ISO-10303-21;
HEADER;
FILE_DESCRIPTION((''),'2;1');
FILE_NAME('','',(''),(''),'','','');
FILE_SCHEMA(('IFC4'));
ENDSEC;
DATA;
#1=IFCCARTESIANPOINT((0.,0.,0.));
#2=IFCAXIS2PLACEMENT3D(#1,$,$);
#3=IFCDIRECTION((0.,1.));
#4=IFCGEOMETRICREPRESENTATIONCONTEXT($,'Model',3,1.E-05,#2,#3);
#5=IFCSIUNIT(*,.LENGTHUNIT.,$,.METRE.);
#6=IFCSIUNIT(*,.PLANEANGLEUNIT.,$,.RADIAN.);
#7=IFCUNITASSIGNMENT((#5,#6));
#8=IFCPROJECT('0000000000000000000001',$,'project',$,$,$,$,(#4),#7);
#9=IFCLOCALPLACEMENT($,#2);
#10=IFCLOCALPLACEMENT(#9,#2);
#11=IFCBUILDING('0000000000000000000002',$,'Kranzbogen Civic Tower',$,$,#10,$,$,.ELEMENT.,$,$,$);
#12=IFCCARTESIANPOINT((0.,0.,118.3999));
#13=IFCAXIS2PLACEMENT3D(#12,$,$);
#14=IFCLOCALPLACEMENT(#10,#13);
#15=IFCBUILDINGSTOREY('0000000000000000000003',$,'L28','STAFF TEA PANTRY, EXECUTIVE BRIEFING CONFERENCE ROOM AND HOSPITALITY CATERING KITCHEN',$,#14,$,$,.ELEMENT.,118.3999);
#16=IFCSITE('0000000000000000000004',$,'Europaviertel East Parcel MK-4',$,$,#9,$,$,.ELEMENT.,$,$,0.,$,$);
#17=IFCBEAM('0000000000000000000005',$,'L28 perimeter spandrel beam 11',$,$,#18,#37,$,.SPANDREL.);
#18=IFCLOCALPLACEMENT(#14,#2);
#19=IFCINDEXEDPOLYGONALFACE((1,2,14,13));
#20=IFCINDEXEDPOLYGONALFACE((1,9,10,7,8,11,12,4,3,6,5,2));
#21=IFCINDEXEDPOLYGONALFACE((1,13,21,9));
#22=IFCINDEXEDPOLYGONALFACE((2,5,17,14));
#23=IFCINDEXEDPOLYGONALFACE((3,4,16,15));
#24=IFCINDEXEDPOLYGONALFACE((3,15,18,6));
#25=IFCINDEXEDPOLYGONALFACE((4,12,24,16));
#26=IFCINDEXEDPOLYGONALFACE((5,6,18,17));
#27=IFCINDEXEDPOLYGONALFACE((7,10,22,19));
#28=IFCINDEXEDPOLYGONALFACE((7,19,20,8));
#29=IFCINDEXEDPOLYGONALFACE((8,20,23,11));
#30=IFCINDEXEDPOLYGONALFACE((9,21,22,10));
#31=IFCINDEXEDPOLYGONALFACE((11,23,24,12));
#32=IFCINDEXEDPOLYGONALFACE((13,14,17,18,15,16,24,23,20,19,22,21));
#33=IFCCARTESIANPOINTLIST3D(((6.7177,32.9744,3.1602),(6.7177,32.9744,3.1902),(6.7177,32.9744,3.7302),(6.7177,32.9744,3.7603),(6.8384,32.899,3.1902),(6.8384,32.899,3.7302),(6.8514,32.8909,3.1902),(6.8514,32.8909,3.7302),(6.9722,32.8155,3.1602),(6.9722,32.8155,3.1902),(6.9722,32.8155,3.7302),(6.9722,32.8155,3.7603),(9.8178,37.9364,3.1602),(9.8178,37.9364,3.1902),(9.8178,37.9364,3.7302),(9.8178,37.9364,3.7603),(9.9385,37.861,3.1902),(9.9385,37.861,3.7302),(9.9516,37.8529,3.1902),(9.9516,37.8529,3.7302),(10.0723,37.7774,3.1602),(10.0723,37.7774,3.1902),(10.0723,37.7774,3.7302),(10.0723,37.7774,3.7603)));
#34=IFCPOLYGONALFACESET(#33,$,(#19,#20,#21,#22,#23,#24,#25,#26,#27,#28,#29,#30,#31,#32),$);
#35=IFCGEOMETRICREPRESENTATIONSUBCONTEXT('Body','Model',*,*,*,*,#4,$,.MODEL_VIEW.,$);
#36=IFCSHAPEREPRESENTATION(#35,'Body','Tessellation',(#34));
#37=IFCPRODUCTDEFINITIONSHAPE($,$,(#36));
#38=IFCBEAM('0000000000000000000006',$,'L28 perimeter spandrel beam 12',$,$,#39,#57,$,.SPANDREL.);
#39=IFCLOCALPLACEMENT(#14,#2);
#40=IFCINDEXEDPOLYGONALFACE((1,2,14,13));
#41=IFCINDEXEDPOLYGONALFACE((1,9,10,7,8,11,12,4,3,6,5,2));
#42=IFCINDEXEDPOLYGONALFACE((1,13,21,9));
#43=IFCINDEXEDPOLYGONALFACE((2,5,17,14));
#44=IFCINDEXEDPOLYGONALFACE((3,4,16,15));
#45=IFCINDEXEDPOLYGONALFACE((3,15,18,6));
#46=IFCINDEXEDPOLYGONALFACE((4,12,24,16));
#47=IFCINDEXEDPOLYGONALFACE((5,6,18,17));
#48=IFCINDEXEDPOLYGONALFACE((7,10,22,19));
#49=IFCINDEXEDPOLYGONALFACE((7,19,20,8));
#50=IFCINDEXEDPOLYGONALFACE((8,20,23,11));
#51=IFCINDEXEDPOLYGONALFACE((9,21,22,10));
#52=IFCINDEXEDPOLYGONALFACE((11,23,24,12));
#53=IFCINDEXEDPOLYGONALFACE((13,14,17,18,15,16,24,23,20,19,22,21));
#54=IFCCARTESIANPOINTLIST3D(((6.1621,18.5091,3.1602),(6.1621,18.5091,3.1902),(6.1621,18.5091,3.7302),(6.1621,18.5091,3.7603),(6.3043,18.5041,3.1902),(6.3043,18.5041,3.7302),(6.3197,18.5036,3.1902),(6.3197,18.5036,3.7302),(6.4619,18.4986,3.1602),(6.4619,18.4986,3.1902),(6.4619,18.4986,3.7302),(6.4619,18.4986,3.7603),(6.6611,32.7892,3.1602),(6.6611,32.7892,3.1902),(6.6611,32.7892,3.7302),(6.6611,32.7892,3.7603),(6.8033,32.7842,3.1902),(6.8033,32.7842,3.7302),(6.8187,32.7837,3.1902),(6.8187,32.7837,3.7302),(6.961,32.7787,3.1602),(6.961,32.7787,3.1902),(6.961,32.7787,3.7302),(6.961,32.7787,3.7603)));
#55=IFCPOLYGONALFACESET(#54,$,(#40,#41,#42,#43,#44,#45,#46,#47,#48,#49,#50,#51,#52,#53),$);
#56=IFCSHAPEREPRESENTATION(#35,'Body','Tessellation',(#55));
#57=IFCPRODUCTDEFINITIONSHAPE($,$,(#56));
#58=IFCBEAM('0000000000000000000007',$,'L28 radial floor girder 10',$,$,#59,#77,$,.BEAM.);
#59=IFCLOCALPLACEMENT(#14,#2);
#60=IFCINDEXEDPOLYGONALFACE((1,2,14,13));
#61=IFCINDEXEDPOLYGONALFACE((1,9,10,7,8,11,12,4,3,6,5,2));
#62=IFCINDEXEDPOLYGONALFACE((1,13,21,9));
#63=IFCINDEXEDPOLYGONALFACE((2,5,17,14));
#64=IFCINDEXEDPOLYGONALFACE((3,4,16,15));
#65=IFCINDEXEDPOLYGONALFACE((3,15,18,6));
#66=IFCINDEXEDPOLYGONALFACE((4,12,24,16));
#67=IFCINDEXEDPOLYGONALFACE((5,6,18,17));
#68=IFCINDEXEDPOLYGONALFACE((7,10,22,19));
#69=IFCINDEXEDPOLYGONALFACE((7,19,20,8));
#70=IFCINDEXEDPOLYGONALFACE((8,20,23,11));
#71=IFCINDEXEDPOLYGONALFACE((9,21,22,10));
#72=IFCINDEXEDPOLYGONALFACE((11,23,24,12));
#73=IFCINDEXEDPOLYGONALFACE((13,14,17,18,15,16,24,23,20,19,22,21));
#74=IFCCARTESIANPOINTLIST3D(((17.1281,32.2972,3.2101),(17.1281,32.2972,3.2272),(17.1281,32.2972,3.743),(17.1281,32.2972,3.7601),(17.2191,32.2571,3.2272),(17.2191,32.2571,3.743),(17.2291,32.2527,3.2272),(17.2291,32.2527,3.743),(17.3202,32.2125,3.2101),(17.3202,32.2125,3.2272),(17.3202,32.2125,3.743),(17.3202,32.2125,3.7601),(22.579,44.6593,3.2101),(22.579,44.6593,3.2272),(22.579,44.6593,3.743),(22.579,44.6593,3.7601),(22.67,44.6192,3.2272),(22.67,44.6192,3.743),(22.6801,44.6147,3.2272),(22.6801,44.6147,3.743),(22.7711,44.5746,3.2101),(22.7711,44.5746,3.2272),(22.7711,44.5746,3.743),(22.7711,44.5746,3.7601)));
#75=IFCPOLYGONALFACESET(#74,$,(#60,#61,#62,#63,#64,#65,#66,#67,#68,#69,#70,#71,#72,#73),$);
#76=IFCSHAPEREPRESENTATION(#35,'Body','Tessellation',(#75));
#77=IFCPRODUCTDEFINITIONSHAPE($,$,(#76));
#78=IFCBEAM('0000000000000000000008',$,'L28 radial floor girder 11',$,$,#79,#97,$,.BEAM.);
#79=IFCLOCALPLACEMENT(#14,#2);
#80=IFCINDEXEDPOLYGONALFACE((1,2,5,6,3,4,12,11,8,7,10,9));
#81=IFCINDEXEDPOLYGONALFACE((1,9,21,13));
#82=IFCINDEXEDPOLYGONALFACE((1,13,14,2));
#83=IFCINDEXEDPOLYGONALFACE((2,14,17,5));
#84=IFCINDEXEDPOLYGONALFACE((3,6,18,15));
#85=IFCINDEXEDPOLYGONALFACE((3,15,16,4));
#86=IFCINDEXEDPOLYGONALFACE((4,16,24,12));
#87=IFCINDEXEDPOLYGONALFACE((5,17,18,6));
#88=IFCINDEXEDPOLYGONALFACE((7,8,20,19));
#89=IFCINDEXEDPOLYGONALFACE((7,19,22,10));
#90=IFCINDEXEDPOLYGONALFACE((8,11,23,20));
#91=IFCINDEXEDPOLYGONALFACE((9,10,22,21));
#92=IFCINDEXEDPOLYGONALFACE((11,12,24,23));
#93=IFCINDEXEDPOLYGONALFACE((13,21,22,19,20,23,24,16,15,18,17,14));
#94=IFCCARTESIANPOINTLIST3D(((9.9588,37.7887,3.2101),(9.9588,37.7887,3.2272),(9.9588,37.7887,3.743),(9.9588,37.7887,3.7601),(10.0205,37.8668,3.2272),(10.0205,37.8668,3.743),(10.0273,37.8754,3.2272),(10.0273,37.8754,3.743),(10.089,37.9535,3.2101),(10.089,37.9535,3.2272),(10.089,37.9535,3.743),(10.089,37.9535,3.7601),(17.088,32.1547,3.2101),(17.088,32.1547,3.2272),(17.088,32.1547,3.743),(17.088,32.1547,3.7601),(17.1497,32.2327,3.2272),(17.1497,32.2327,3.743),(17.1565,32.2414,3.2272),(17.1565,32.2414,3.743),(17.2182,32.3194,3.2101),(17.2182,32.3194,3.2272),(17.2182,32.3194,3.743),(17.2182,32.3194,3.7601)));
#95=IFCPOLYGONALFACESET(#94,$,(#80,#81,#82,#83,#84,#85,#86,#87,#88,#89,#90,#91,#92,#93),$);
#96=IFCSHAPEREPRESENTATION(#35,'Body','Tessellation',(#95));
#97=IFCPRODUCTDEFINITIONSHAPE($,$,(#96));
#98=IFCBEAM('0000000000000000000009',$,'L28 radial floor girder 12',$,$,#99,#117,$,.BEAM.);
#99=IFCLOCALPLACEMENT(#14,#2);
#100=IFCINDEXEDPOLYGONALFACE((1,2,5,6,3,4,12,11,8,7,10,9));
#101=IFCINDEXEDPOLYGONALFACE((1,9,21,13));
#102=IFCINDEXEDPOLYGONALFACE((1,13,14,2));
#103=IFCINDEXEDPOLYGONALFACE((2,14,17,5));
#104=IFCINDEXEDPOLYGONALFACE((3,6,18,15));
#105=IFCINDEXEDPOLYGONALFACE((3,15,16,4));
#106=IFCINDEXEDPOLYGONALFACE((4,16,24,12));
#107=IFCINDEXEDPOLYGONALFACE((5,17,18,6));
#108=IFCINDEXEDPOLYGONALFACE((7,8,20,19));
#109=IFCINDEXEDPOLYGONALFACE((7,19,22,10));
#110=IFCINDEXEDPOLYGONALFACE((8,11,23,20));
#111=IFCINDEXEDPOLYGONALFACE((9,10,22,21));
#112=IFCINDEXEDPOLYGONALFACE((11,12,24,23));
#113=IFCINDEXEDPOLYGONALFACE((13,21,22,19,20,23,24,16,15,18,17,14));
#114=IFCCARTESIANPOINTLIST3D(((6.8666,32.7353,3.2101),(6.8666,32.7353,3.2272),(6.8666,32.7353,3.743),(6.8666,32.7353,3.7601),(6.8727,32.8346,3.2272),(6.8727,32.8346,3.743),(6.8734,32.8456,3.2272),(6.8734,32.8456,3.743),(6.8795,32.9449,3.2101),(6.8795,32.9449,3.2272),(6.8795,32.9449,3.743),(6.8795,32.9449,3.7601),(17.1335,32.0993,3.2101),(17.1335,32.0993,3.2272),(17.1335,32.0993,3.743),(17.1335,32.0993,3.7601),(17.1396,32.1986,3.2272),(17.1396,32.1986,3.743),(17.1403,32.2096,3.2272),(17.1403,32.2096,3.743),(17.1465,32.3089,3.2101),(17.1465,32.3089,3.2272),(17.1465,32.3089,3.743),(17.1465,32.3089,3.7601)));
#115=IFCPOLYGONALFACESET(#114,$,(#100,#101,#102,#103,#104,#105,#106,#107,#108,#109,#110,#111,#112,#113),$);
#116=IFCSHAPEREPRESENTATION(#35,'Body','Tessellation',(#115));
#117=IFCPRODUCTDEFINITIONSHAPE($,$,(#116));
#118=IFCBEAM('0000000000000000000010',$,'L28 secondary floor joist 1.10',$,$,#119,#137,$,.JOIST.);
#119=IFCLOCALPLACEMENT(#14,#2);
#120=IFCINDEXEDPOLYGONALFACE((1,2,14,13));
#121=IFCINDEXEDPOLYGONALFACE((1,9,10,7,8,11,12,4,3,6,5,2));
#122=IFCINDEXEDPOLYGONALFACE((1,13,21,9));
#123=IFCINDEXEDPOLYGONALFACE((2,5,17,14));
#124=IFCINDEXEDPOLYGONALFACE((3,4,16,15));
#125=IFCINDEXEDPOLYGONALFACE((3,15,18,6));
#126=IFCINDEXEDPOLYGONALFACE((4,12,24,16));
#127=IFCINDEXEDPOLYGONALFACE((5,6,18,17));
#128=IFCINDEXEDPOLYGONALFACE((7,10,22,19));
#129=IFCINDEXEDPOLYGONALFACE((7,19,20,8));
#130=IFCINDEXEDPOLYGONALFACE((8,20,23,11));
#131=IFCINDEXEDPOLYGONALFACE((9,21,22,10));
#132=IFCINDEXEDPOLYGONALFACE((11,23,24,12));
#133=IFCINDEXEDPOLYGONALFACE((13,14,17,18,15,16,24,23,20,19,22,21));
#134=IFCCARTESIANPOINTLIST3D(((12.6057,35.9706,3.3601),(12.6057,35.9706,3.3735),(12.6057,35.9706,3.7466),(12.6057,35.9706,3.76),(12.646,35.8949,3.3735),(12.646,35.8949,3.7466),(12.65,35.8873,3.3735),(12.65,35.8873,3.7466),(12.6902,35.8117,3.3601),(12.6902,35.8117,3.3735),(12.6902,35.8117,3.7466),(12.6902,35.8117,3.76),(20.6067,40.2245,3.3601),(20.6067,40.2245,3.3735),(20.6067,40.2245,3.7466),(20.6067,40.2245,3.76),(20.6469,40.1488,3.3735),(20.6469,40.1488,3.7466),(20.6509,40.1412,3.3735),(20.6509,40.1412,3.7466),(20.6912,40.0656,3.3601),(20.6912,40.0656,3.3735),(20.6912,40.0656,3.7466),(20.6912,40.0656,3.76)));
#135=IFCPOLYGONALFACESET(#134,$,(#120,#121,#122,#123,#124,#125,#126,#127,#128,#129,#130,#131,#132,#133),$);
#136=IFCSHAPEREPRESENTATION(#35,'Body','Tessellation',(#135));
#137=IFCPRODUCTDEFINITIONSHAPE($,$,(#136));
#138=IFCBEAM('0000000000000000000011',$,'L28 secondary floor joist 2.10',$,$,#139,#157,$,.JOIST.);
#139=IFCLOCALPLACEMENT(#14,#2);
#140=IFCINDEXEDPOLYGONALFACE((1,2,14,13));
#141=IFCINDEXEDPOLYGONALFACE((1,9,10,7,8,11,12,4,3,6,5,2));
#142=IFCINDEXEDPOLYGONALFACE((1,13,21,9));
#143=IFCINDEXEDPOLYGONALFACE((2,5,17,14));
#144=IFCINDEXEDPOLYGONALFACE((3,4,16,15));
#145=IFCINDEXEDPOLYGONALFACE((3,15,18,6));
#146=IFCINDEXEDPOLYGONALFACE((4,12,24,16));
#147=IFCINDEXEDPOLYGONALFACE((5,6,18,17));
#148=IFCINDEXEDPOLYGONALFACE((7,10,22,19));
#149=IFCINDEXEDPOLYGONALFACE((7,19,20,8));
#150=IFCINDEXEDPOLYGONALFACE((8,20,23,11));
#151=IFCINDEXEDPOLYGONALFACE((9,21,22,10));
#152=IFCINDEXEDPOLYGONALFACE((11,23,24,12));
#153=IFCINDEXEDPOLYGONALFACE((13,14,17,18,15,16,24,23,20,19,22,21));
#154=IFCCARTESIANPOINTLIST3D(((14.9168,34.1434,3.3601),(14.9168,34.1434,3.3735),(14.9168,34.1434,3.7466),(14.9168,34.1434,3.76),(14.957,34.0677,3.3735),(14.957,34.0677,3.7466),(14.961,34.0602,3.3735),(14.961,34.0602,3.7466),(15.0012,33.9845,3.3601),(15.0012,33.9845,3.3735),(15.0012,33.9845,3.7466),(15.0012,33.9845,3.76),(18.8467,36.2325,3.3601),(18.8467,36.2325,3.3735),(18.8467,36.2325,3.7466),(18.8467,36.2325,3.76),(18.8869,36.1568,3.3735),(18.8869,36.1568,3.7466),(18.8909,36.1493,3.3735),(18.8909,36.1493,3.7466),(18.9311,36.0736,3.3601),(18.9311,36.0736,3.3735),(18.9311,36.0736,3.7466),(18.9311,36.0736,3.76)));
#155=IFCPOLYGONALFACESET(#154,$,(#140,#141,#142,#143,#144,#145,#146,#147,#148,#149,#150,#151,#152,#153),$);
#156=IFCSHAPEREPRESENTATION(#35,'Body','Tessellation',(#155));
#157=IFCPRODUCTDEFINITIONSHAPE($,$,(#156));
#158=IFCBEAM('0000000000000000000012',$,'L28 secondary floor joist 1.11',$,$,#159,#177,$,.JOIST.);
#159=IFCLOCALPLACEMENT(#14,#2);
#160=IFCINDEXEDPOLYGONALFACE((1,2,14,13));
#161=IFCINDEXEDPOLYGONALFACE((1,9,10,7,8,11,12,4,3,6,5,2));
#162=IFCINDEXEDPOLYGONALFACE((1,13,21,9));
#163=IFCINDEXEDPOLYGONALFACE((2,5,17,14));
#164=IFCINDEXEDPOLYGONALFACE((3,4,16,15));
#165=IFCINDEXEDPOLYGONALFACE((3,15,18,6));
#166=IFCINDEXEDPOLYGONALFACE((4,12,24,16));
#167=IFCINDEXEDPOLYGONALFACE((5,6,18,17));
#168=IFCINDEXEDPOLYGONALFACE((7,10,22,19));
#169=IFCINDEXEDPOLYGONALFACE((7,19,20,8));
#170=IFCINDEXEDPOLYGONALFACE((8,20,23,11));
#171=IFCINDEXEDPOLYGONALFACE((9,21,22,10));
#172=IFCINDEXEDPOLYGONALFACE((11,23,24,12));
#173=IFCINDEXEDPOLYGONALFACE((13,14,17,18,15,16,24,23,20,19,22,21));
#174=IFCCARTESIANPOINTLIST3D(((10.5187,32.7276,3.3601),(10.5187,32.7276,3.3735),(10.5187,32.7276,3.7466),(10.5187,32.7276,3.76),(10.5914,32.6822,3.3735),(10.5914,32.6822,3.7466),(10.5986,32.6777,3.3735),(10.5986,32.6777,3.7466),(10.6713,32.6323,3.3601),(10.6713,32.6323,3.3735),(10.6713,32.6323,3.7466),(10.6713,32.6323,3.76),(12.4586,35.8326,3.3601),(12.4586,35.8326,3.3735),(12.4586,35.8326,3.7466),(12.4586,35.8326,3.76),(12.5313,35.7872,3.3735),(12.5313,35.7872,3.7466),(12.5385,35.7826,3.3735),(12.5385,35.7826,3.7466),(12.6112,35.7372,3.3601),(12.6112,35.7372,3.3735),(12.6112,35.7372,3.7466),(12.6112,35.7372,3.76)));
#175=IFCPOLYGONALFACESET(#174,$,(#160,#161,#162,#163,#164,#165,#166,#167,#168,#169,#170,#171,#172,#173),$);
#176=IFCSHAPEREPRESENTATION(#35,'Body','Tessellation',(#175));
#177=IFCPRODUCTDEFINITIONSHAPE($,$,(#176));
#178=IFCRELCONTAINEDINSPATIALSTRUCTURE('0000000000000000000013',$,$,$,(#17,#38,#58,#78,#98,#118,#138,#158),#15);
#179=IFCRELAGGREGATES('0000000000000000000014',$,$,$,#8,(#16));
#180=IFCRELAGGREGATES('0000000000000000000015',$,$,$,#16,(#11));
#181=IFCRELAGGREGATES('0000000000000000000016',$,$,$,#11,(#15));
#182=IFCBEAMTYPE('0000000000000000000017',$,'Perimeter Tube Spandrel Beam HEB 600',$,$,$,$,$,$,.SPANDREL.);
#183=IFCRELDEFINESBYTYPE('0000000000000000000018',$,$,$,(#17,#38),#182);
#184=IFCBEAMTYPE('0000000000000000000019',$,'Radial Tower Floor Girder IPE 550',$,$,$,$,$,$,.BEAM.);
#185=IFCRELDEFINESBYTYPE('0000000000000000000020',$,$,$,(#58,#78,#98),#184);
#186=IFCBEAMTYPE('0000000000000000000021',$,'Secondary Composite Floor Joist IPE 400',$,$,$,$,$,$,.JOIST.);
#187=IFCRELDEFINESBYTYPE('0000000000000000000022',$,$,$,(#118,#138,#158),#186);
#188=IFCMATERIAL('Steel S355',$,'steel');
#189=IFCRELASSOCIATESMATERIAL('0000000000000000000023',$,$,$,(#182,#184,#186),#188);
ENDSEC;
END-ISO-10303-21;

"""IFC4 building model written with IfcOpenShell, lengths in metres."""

from ifc_helpers import new_model, si_unit, direction, frame, origin, origin_2d, place, context, subcontext, project, spatial, i_section, extrude, material, material_profile, profile_set, type_object, element, save


model = new_model("IFC4")

# Units and contexts
model_context = context("Model", 3, precision=1e-05, world=origin(), true_north=direction((0.0, 1.0)))
body_context = subcontext(model_context, "Body", "Model", "MODEL_VIEW")
ifc_project = project(units=[si_unit("LENGTHUNIT", "METRE"), si_unit("PLANEANGLEUNIT", "RADIAN")], contexts=[model_context])

# Site, building, storey
site_placement = place(None, origin())
site = spatial("IfcSite", under=ifc_project, at=site_placement, Name="Europaviertel East Parcel MK-4", CompositionType="ELEMENT", RefElevation=0.0)
building_placement = place(site_placement, origin())
building = spatial("IfcBuilding", under=site, at=building_placement, Name="Kranzbogen Civic Tower", CompositionType="ELEMENT")
storey_placement = place(building_placement, frame((0.0, 0.0, 118.3999)))
storey = spatial("IfcBuildingStorey", under=building, at=storey_placement, Name="L28", Description="STAFF TEA PANTRY, EXECUTIVE BRIEFING CONFERENCE ROOM AND HOSPITALITY CATERING KITCHEN", CompositionType="ELEMENT", Elevation=118.3999)

# Beams
ifc_material_1 = material(Name="Steel S355", Category="steel")
ifc_material_profile_1 = material_profile(ifc_material_1, i_section(OverallWidth=0.3, OverallDepth=0.6001, WebThickness=0.0154, FlangeThickness=0.03, at=origin_2d()), Name="HEB 600")
ifc_profile_set_1 = profile_set([ifc_material_profile_1], Name="Steel S355")
beam_type_1 = type_object("IfcBeamType", Name="Perimeter Tube Spandrel Beam HEB 600", PredefinedType="SPANDREL", material=ifc_profile_set_1)
beam_1_placement = place(storey_placement, frame((9.9451, 37.8569, 3.4602), z_axis=(-0.529864, -0.848083, 0.0), x_axis=(0.848083, -0.529864, 0.0)))
element("IfcBeam", 1, at=beam_1_placement, inside=storey, type_object=beam_type_1, Name="L28 perimeter spandrel beam 11", PredefinedType="SPANDREL", context=body_context, shape_type="SweptSolid", body=[
    extrude(i_section(OverallWidth=0.3, OverallDepth=0.6001, WebThickness=0.0154, FlangeThickness=0.03, at=origin_2d()), origin(), (0.0, 0.0, 1.0), 5.8508),
])
beam_2_placement = place(storey_placement, frame((6.811, 32.7839, 3.4602), z_axis=(-0.034924, -0.99939, 0.0), x_axis=(0.99939, -0.034924, 0.0)))
element("IfcBeam", 2, at=beam_2_placement, inside=storey, type_object=beam_type_1, Name="L28 perimeter spandrel beam 12", PredefinedType="SPANDREL", context=body_context, shape_type="SweptSolid", body=[
    extrude(i_section(OverallWidth=0.3, OverallDepth=0.6001, WebThickness=0.0154, FlangeThickness=0.03, at=origin_2d()), origin(), (0.0, 0.0, 1.0), 14.2888),
])
ifc_material_profile_2 = material_profile(ifc_material_1, i_section(OverallWidth=0.21, OverallDepth=0.55, WebThickness=0.011, FlangeThickness=0.0171, at=origin_2d()), Name="IPE 550")
ifc_profile_set_2 = profile_set([ifc_material_profile_2], Name="Steel S355")
beam_type_2 = type_object("IfcBeamType", Name="Radial Tower Floor Girder IPE 550", PredefinedType="BEAM", material=ifc_profile_set_2)
beam_3_placement = place(storey_placement, frame((22.675, 44.6169, 3.4851), z_axis=(-0.403459, -0.914998, 0.0), x_axis=(0.914998, -0.403459, 0.0)))
element("IfcBeam", 3, at=beam_3_placement, inside=storey, type_object=beam_type_2, Name="L28 radial floor girder 10", PredefinedType="BEAM", context=body_context, shape_type="SweptSolid", body=[
    extrude(i_section(OverallWidth=0.21, OverallDepth=0.55, WebThickness=0.011, FlangeThickness=0.0171, at=origin_2d()), origin(), (0.0, 0.0, 1.0), 13.5105),
])
beam_4_placement = place(storey_placement, frame((10.0239, 37.8711, 3.4851), z_axis=(0.784575, -0.620034, 0.0), x_axis=(0.620034, 0.784575, 0.0)))
element("IfcBeam", 4, at=beam_4_placement, inside=storey, type_object=beam_type_2, Name="L28 radial floor girder 11", PredefinedType="BEAM", context=body_context, shape_type="SweptSolid", body=[
    extrude(i_section(OverallWidth=0.21, OverallDepth=0.55, WebThickness=0.011, FlangeThickness=0.0171, at=origin_2d()), origin(), (0.0, 0.0, 1.0), 9.0867),
])
beam_5_placement = place(storey_placement, frame((6.873, 32.8401, 3.4851), z_axis=(0.998087, -0.061827, 0.0), x_axis=(0.061827, 0.998087, 0.0)))
element("IfcBeam", 5, at=beam_5_placement, inside=storey, type_object=beam_type_2, Name="L28 radial floor girder 12", PredefinedType="BEAM", context=body_context, shape_type="SweptSolid", body=[
    extrude(i_section(OverallWidth=0.21, OverallDepth=0.55, WebThickness=0.011, FlangeThickness=0.0171, at=origin_2d()), origin(), (0.0, 0.0, 1.0), 10.2866),
])
ifc_material_profile_3 = material_profile(ifc_material_1, i_section(OverallWidth=0.1799, OverallDepth=0.3999, WebThickness=0.0085, FlangeThickness=0.0134, at=origin_2d()), Name="IPE 400")
ifc_profile_set_3 = profile_set([ifc_material_profile_3], Name="Steel S355")
beam_type_3 = type_object("IfcBeamType", Name="Secondary Composite Floor Joist IPE 400", PredefinedType="JOIST", material=ifc_profile_set_3)
beam_6_placement = place(storey_placement, frame((20.6489, 40.145, 3.5601), z_axis=(-0.882961, -0.469447, 0.0), x_axis=(0.469447, -0.882961, 0.0)))
element("IfcBeam", 6, at=beam_6_placement, inside=storey, type_object=beam_type_3, Name="L28 secondary floor joist 1.10", PredefinedType="JOIST", context=body_context, shape_type="SweptSolid", body=[
    extrude(i_section(OverallWidth=0.1799, OverallDepth=0.3999, WebThickness=0.0085, FlangeThickness=0.0134, at=origin_2d()), origin(), (0.0, 0.0, 1.0), 9.0615),
])
beam_7_placement = place(storey_placement, frame((18.8889, 36.1531, 3.5601), z_axis=(-0.882991, -0.469389, 0.0), x_axis=(0.469389, -0.882991, 0.0)))
element("IfcBeam", 7, at=beam_7_placement, inside=storey, type_object=beam_type_3, Name="L28 secondary floor joist 2.10", PredefinedType="JOIST", context=body_context, shape_type="SweptSolid", body=[
    extrude(i_section(OverallWidth=0.1799, OverallDepth=0.3999, WebThickness=0.0085, FlangeThickness=0.0134, at=origin_2d()), origin(), (0.0, 0.0, 1.0), 4.4507),
])
beam_8_placement = place(storey_placement, frame((12.5349, 35.7849, 3.5601), z_axis=(-0.529867, -0.848081, 0.0), x_axis=(0.848081, -0.529867, 0.0)))
element("IfcBeam", 8, at=beam_8_placement, inside=storey, type_object=beam_type_3, Name="L28 secondary floor joist 1.11", PredefinedType="JOIST", context=body_context, shape_type="SweptSolid", body=[
    extrude(i_section(OverallWidth=0.1799, OverallDepth=0.3999, WebThickness=0.0085, FlangeThickness=0.0134, at=origin_2d()), origin(), (0.0, 0.0, 1.0), 3.6611),
])

save(model, "model.ifc")
